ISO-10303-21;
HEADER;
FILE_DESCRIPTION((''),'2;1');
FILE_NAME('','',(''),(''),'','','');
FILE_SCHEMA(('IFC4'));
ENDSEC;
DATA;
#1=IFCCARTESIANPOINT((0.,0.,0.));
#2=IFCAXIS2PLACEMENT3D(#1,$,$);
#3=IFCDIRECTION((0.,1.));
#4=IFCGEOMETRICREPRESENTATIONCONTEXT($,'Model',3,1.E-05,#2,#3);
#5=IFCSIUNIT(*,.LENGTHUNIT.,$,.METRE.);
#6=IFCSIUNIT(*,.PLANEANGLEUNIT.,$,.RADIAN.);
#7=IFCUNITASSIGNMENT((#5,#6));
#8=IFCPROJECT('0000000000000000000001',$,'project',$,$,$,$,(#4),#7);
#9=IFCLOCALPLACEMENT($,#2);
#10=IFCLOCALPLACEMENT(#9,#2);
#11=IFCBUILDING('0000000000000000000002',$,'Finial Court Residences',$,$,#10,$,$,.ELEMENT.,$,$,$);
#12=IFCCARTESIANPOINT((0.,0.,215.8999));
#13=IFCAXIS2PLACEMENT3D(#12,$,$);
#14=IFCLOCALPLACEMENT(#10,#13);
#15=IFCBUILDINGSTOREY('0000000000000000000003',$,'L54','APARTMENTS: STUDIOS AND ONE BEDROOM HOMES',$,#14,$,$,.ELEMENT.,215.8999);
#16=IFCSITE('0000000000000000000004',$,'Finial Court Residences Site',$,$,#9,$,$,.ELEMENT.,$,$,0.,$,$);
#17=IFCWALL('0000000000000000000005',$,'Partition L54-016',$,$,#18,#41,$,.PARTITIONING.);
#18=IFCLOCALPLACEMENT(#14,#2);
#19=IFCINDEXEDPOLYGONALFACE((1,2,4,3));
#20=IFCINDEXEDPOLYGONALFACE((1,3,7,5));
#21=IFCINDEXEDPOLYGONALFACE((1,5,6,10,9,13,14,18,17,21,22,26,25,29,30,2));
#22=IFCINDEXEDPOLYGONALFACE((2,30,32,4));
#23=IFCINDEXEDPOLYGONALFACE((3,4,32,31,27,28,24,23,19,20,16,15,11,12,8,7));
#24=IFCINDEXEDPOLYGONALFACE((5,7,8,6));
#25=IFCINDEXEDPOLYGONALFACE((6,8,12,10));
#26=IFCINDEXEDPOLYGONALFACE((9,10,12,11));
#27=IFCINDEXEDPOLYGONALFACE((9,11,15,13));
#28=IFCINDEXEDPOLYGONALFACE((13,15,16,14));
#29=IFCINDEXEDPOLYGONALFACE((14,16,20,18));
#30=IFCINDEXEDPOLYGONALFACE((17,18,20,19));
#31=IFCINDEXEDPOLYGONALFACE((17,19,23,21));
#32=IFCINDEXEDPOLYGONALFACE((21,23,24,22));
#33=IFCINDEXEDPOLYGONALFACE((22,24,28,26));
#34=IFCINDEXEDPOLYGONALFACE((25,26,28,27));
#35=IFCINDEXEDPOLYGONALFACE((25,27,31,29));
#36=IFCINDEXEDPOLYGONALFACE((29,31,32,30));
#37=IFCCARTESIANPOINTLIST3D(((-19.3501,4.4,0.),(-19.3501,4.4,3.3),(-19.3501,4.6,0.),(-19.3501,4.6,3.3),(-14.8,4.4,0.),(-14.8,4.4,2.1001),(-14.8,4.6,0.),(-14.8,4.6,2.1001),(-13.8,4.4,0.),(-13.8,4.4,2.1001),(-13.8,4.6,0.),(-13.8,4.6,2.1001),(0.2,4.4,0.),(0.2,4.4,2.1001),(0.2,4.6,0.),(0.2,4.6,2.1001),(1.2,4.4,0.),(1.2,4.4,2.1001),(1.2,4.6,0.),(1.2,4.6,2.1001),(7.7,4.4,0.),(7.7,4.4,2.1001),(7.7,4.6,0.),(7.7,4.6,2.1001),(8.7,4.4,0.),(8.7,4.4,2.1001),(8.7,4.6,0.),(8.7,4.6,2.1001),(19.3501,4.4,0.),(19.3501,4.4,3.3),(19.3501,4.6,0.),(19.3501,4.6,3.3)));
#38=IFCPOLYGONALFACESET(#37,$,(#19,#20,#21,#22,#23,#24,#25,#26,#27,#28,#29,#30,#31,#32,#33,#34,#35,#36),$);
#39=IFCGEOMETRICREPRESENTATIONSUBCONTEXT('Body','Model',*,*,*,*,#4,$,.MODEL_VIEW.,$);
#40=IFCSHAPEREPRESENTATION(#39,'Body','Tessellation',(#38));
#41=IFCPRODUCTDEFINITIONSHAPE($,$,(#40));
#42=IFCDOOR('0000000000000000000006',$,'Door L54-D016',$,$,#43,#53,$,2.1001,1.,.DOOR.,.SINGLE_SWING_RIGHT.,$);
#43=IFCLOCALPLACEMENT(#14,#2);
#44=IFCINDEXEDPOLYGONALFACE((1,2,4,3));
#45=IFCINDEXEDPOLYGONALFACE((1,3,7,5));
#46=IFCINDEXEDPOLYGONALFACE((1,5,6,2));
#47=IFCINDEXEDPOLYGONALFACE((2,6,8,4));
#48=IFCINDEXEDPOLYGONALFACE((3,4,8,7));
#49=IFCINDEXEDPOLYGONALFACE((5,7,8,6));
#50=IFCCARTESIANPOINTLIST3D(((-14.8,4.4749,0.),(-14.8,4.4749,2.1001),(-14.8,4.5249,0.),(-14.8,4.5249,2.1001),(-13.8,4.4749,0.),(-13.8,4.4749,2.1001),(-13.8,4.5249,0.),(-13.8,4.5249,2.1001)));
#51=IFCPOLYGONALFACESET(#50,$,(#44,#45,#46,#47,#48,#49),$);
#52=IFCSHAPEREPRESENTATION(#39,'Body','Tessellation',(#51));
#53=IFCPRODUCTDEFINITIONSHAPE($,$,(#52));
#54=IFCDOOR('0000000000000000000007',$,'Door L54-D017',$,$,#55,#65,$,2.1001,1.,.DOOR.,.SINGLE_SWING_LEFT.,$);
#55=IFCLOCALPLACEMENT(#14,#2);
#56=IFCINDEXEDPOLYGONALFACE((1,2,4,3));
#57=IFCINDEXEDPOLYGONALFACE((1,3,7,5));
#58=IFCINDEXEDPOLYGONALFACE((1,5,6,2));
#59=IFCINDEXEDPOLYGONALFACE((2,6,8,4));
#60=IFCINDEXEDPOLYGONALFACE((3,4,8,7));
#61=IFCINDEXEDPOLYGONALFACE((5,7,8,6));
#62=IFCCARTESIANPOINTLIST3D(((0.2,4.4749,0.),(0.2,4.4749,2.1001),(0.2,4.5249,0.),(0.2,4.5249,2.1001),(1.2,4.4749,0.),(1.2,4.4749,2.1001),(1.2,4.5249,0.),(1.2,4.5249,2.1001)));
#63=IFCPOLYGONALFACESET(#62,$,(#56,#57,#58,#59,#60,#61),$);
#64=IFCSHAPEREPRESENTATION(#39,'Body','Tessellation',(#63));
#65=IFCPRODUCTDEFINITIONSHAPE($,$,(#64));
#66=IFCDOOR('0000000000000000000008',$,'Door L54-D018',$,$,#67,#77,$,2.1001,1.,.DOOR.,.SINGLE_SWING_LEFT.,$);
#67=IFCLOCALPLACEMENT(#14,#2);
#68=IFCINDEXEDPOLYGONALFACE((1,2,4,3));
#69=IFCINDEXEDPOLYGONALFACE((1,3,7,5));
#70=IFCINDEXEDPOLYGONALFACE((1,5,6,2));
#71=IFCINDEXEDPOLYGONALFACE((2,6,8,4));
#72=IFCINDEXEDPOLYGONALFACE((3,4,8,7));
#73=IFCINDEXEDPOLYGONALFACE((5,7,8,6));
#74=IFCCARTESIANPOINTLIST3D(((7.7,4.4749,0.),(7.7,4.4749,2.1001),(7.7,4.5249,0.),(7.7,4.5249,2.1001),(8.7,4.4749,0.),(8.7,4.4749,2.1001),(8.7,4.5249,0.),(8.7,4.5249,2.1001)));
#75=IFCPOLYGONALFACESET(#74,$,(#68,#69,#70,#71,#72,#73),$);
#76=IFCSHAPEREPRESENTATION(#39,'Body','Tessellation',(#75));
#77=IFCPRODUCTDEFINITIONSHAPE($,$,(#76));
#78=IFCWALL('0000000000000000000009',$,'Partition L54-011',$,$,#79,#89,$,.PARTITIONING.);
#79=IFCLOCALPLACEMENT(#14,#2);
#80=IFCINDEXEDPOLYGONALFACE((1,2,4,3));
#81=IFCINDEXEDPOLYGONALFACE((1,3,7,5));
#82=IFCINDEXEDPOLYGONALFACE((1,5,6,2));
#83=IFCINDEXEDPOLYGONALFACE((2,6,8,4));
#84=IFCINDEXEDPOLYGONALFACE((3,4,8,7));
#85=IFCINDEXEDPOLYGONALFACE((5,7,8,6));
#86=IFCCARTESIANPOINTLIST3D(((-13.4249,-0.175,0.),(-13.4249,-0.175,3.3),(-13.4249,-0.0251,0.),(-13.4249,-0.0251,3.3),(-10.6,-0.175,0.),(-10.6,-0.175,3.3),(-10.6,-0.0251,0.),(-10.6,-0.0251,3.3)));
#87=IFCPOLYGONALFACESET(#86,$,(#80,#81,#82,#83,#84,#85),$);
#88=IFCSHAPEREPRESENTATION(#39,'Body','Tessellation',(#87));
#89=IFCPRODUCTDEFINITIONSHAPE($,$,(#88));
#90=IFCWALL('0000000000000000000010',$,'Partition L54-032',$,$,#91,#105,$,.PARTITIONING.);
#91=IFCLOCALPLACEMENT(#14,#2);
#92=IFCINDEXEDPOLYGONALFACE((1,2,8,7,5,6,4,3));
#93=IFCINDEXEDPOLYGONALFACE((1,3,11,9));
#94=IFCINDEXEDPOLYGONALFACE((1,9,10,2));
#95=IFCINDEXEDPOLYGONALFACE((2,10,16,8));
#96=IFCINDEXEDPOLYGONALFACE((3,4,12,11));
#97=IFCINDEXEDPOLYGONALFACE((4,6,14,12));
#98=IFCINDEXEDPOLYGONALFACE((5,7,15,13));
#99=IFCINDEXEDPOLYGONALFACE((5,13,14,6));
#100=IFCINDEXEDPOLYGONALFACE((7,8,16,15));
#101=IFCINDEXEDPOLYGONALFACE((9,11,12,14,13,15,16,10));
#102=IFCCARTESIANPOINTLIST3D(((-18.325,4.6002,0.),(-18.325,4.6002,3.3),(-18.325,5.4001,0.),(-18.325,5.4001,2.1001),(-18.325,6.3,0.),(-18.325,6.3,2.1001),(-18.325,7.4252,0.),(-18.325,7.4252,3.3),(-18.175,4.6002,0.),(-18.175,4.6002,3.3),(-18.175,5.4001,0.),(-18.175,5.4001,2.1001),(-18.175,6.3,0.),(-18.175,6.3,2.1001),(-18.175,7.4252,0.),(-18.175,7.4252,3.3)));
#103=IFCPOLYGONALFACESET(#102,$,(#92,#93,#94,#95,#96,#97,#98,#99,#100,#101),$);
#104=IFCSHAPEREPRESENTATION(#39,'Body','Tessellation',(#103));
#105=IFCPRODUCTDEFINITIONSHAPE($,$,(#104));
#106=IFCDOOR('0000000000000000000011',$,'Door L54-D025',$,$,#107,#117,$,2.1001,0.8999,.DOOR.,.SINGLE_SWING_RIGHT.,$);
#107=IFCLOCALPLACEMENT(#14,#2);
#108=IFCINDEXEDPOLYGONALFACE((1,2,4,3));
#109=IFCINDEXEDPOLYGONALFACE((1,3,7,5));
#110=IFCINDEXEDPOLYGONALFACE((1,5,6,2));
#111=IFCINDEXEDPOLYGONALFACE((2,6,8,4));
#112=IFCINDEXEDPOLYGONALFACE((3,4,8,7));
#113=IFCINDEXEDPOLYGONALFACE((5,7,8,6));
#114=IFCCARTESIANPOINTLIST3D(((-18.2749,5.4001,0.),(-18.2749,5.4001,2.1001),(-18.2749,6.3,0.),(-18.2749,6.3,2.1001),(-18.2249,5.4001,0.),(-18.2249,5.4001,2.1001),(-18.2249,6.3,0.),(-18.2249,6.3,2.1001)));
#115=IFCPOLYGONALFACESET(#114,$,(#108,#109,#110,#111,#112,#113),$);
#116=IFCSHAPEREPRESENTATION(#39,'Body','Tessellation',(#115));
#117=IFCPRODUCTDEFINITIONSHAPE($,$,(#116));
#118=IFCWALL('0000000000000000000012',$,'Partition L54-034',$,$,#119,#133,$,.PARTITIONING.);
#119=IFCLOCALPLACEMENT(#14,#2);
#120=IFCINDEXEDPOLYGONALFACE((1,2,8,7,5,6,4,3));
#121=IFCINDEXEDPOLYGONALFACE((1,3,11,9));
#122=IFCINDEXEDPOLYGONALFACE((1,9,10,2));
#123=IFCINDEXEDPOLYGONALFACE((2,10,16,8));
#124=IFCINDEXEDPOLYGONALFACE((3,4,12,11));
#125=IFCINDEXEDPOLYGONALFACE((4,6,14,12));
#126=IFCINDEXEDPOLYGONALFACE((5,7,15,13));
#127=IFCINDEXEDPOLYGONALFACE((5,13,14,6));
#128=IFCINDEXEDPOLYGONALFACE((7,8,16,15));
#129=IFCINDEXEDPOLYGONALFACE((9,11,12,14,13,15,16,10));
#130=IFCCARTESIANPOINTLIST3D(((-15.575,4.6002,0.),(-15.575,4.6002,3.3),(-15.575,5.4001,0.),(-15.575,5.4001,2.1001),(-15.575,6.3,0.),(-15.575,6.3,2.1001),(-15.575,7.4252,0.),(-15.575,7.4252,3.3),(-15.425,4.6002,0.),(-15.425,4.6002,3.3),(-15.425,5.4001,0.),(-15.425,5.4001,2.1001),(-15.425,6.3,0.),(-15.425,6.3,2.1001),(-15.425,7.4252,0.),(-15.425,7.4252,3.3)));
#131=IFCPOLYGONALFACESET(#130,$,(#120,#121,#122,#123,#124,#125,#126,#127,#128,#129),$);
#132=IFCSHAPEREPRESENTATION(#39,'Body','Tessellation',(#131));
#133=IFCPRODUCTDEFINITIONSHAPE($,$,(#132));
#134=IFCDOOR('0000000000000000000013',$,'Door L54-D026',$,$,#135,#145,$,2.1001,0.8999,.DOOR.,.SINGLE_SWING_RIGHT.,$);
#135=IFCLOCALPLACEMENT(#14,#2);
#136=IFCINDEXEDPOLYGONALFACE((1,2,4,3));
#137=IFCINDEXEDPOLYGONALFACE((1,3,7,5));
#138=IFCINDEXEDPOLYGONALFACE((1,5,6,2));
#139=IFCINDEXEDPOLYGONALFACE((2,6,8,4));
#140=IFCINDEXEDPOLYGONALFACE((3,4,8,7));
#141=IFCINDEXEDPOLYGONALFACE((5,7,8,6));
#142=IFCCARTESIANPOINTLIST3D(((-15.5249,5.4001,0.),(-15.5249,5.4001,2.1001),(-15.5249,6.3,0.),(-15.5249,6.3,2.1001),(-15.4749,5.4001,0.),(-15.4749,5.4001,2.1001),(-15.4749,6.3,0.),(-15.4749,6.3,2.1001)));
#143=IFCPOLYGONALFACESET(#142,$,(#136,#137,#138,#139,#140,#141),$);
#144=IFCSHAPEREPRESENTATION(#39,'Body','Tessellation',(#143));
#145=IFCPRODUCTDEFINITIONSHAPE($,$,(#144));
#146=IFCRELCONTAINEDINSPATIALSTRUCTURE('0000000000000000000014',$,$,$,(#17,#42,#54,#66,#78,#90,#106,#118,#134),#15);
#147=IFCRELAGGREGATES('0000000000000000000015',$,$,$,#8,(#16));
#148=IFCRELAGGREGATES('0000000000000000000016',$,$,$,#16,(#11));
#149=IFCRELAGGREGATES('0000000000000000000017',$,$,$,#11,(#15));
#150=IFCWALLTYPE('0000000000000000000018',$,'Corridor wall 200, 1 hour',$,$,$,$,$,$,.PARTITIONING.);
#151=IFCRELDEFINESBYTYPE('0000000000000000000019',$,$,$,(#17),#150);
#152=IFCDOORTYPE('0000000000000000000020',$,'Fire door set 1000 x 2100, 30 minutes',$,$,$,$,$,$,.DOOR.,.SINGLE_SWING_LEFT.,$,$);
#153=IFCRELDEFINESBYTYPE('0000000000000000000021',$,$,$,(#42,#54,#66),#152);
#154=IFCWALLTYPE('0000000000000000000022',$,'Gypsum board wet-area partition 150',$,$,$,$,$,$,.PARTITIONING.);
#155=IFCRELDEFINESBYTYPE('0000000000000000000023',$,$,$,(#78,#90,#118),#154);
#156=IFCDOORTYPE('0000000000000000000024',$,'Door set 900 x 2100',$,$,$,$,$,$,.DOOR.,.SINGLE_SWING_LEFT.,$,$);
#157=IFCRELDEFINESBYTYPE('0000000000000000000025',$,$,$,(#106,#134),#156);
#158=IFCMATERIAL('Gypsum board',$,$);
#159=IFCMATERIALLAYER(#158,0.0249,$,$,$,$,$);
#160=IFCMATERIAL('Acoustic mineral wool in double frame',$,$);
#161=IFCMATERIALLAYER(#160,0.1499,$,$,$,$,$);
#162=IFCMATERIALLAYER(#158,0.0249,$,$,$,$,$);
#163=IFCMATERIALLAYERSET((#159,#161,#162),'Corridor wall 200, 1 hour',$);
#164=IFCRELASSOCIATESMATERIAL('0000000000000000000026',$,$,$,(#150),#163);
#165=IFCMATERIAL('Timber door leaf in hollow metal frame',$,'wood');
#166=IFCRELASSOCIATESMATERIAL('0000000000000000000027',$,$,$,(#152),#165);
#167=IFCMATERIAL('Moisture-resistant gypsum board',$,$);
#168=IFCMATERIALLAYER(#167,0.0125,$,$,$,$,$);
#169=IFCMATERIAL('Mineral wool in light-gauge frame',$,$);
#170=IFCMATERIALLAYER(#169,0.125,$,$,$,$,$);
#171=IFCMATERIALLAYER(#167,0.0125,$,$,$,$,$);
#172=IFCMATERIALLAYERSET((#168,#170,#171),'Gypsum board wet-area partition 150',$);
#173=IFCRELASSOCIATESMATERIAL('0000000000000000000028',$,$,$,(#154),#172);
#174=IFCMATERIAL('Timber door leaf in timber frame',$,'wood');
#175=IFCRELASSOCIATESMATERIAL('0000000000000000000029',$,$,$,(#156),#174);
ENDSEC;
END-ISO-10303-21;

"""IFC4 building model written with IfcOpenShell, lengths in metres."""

from ifc_helpers import new_model, si_unit, direction, frame, frame_2d, origin, place, context, subcontext, project, spatial, rectangle, extrude, material, layer, layer_set, type_object, element, fill, save


model = new_model("IFC4")

# Units and contexts
model_context = context("Model", 3, precision=1e-05, world=origin(), true_north=direction((0.0, 1.0)))
body_context = subcontext(model_context, "Body", "Model", "MODEL_VIEW")
ifc_project = project(units=[si_unit("LENGTHUNIT", "METRE"), si_unit("PLANEANGLEUNIT", "RADIAN")], contexts=[model_context])

# Site, building, storey
site_placement = place(None, origin())
site = spatial("IfcSite", under=ifc_project, at=site_placement, Name="Finial Court Residences Site", CompositionType="ELEMENT", RefElevation=0.0)
building_placement = place(site_placement, origin())
building = spatial("IfcBuilding", under=site, at=building_placement, Name="Finial Court Residences", CompositionType="ELEMENT")
storey_placement = place(building_placement, frame((0.0, 0.0, 215.8999)))
storey = spatial("IfcBuildingStorey", under=building, at=storey_placement, Name="L54", Description="APARTMENTS: STUDIOS AND ONE BEDROOM HOMES", CompositionType="ELEMENT", Elevation=215.8999)

# Shared definitions
ifc_material_1 = material(Name="Gypsum board")
ifc_layer_1 = layer(ifc_material_1, 0.0249)
ifc_material_2 = material(Name="Acoustic mineral wool in double frame")
ifc_layer_2 = layer(ifc_material_2, 0.1499)
ifc_layer_3 = layer(ifc_material_1, 0.0249)
ifc_layer_set_1 = layer_set([ifc_layer_1, ifc_layer_2, ifc_layer_3], Name="Corridor wall 200, 1 hour")
wall_type_1 = type_object("IfcWallType", Name="Corridor wall 200, 1 hour", PredefinedType="PARTITIONING", material=ifc_layer_set_1)

# Wall, openings, doors
wall_1_placement = place(storey_placement, frame((-19.3501, 4.5, 0.0), z_axis=(0.0, 0.0, 1.0), x_axis=(1.0, 0.0, 0.0)))
wall_1 = element("IfcWall", 1, at=wall_1_placement, inside=storey, type_object=wall_type_1, Name="Partition L54-016", PredefinedType="PARTITIONING", context=body_context, shape_type="SweptSolid", body=[
    extrude(rectangle(XDim=38.7002, YDim=0.2, at=frame_2d((19.3501, 0.0))), origin(), (0.0, 0.0, 1.0), 3.3),
])
opening_1_placement = place(wall_1_placement, frame((4.55, 0.0, 0.0)))
opening_1 = element("IfcOpeningElement", 2, at=opening_1_placement, cuts=wall_1, PredefinedType="OPENING", context=body_context, shape_type="SweptSolid", body=[
    extrude(rectangle(XDim=1.0, YDim=2.1001, at=frame_2d((0.5, 1.05))), frame((0.0, 0.1099, 0.0), z_axis=(0.0, -1.0, 0.0), x_axis=(1.0, 0.0, 0.0)), (0.0, 0.0, 1.0), 0.22),
])
opening_2_placement = place(wall_1_placement, frame((19.55, 0.0, 0.0)))
opening_2 = element("IfcOpeningElement", 3, at=opening_2_placement, cuts=wall_1, PredefinedType="OPENING", context=body_context, shape_type="SweptSolid", body=[
    extrude(rectangle(XDim=1.0, YDim=2.1001, at=frame_2d((0.5, 1.05))), frame((0.0, 0.1099, 0.0), z_axis=(0.0, -1.0, 0.0), x_axis=(1.0, 0.0, 0.0)), (0.0, 0.0, 1.0), 0.22),
])
opening_3_placement = place(wall_1_placement, frame((27.05, 0.0, 0.0)))
opening_3 = element("IfcOpeningElement", 4, at=opening_3_placement, cuts=wall_1, PredefinedType="OPENING", context=body_context, shape_type="SweptSolid", body=[
    extrude(rectangle(XDim=1.0, YDim=2.1001, at=frame_2d((0.5, 1.05))), frame((0.0, 0.1099, 0.0), z_axis=(0.0, -1.0, 0.0), x_axis=(1.0, 0.0, 0.0)), (0.0, 0.0, 1.0), 0.22),
])
ifc_material_3 = material(Name="Timber door leaf in hollow metal frame", Category="wood")
door_type_1 = type_object("IfcDoorType", Name="Fire door set 1000 x 2100, 30 minutes", OperationType="SINGLE_SWING_LEFT", PredefinedType="DOOR", material=ifc_material_3)
door_1_placement = place(opening_1_placement, origin())
door_1 = element("IfcDoor", 5, at=door_1_placement, inside=storey, type_object=door_type_1, Name="Door L54-D016", OperationType="SINGLE_SWING_RIGHT", OverallHeight=2.1001, OverallWidth=1.0, PredefinedType="DOOR", context=body_context, shape_type="SweptSolid", body=[
    extrude(rectangle(XDim=1.0, YDim=2.1001, at=frame_2d((0.5, 1.05))), frame((0.0, 0.0249, 0.0), z_axis=(0.0, -1.0, 0.0), x_axis=(1.0, 0.0, 0.0)), (0.0, 0.0, 1.0), 0.05),
])
fill(opening_1, door_1)
door_2_placement = place(opening_2_placement, origin())
door_2 = element("IfcDoor", 6, at=door_2_placement, inside=storey, type_object=door_type_1, Name="Door L54-D017", OperationType="SINGLE_SWING_LEFT", OverallHeight=2.1001, OverallWidth=1.0, PredefinedType="DOOR", context=body_context, shape_type="SweptSolid", body=[
    extrude(rectangle(XDim=1.0, YDim=2.1001, at=frame_2d((0.5, 1.05))), frame((0.0, 0.0249, 0.0), z_axis=(0.0, -1.0, 0.0), x_axis=(1.0, 0.0, 0.0)), (0.0, 0.0, 1.0), 0.05),
])
fill(opening_2, door_2)
door_3_placement = place(opening_3_placement, origin())
door_3 = element("IfcDoor", 7, at=door_3_placement, inside=storey, type_object=door_type_1, Name="Door L54-D018", OperationType="SINGLE_SWING_LEFT", OverallHeight=2.1001, OverallWidth=1.0, PredefinedType="DOOR", context=body_context, shape_type="SweptSolid", body=[
    extrude(rectangle(XDim=1.0, YDim=2.1001, at=frame_2d((0.5, 1.05))), frame((0.0, 0.0249, 0.0), z_axis=(0.0, -1.0, 0.0), x_axis=(1.0, 0.0, 0.0)), (0.0, 0.0, 1.0), 0.05),
])
fill(opening_3, door_3)

# Wall
ifc_material_4 = material(Name="Moisture-resistant gypsum board")
ifc_layer_4 = layer(ifc_material_4, 0.0125)
ifc_material_5 = material(Name="Mineral wool in light-gauge frame")
ifc_layer_5 = layer(ifc_material_5, 0.125)
ifc_layer_6 = layer(ifc_material_4, 0.0125)
ifc_layer_set_2 = layer_set([ifc_layer_4, ifc_layer_5, ifc_layer_6], Name="Gypsum board wet-area partition 150")
wall_type_2 = type_object("IfcWallType", Name="Gypsum board wet-area partition 150", PredefinedType="PARTITIONING", material=ifc_layer_set_2)
wall_2_placement = place(storey_placement, frame((-13.425, -0.1001, 0.0), z_axis=(0.0, 0.0, 1.0), x_axis=(1.0, 0.0, 0.0)))
element("IfcWall", 8, at=wall_2_placement, inside=storey, type_object=wall_type_2, Name="Partition L54-011", PredefinedType="PARTITIONING", context=body_context, shape_type="SweptSolid", body=[
    extrude(rectangle(XDim=2.825, YDim=0.1499, at=frame_2d((1.4126, 0.0))), origin(), (0.0, 0.0, 1.0), 3.3),
])

# Walls, openings, doors
wall_3_placement = place(storey_placement, frame((-18.25, 4.6001, 0.0), z_axis=(0.0, 0.0, 1.0), x_axis=(0.0, 1.0, 0.0)))
wall_3 = element("IfcWall", 9, at=wall_3_placement, inside=storey, type_object=wall_type_2, Name="Partition L54-032", PredefinedType="PARTITIONING", context=body_context, shape_type="SweptSolid", body=[
    extrude(rectangle(XDim=2.825, YDim=0.1499, at=frame_2d((1.4126, 0.0))), origin(), (0.0, 0.0, 1.0), 3.3),
])
opening_4_placement = place(wall_3_placement, frame((0.8, 0.0, 0.0)))
opening_4 = element("IfcOpeningElement", 10, at=opening_4_placement, cuts=wall_3, PredefinedType="OPENING", context=body_context, shape_type="SweptSolid", body=[
    extrude(rectangle(XDim=0.8999, YDim=2.1001, at=frame_2d((0.45, 1.05))), frame((0.0, 0.085, 0.0), z_axis=(0.0, -1.0, 0.0), x_axis=(1.0, 0.0, 0.0)), (0.0, 0.0, 1.0), 0.1699),
])
ifc_material_6 = material(Name="Timber door leaf in timber frame", Category="wood")
door_type_2 = type_object("IfcDoorType", Name="Door set 900 x 2100", OperationType="SINGLE_SWING_LEFT", PredefinedType="DOOR", material=ifc_material_6)
door_4_placement = place(opening_4_placement, origin())
door_4 = element("IfcDoor", 11, at=door_4_placement, inside=storey, type_object=door_type_2, Name="Door L54-D025", OperationType="SINGLE_SWING_RIGHT", OverallHeight=2.1001, OverallWidth=0.8999, PredefinedType="DOOR", context=body_context, shape_type="SweptSolid", body=[
    extrude(rectangle(XDim=0.8999, YDim=2.1001, at=frame_2d((0.45, 1.05))), frame((0.0, 0.0249, 0.0), z_axis=(0.0, -1.0, 0.0), x_axis=(1.0, 0.0, 0.0)), (0.0, 0.0, 1.0), 0.05),
])
fill(opening_4, door_4)
wall_4_placement = place(storey_placement, frame((-15.5, 4.6001, 0.0), z_axis=(0.0, 0.0, 1.0), x_axis=(0.0, 1.0, 0.0)))
wall_4 = element("IfcWall", 12, at=wall_4_placement, inside=storey, type_object=wall_type_2, Name="Partition L54-034", PredefinedType="PARTITIONING", context=body_context, shape_type="SweptSolid", body=[
    extrude(rectangle(XDim=2.825, YDim=0.1499, at=frame_2d((1.4126, 0.0))), origin(), (0.0, 0.0, 1.0), 3.3),
])
opening_5_placement = place(wall_4_placement, frame((0.8, 0.0, 0.0)))
opening_5 = element("IfcOpeningElement", 13, at=opening_5_placement, cuts=wall_4, PredefinedType="OPENING", context=body_context, shape_type="SweptSolid", body=[
    extrude(rectangle(XDim=0.8999, YDim=2.1001, at=frame_2d((0.45, 1.05))), frame((0.0, 0.085, 0.0), z_axis=(0.0, -1.0, 0.0), x_axis=(1.0, 0.0, 0.0)), (0.0, 0.0, 1.0), 0.1699),
])
door_5_placement = place(opening_5_placement, origin())
door_5 = element("IfcDoor", 14, at=door_5_placement, inside=storey, type_object=door_type_2, Name="Door L54-D026", OperationType="SINGLE_SWING_RIGHT", OverallHeight=2.1001, OverallWidth=0.8999, PredefinedType="DOOR", context=body_context, shape_type="SweptSolid", body=[
    extrude(rectangle(XDim=0.8999, YDim=2.1001, at=frame_2d((0.45, 1.05))), frame((0.0, 0.0249, 0.0), z_axis=(0.0, -1.0, 0.0), x_axis=(1.0, 0.0, 0.0)), (0.0, 0.0, 1.0), 0.05),
])
fill(opening_5, door_5)

save(model, "model.ifc")
